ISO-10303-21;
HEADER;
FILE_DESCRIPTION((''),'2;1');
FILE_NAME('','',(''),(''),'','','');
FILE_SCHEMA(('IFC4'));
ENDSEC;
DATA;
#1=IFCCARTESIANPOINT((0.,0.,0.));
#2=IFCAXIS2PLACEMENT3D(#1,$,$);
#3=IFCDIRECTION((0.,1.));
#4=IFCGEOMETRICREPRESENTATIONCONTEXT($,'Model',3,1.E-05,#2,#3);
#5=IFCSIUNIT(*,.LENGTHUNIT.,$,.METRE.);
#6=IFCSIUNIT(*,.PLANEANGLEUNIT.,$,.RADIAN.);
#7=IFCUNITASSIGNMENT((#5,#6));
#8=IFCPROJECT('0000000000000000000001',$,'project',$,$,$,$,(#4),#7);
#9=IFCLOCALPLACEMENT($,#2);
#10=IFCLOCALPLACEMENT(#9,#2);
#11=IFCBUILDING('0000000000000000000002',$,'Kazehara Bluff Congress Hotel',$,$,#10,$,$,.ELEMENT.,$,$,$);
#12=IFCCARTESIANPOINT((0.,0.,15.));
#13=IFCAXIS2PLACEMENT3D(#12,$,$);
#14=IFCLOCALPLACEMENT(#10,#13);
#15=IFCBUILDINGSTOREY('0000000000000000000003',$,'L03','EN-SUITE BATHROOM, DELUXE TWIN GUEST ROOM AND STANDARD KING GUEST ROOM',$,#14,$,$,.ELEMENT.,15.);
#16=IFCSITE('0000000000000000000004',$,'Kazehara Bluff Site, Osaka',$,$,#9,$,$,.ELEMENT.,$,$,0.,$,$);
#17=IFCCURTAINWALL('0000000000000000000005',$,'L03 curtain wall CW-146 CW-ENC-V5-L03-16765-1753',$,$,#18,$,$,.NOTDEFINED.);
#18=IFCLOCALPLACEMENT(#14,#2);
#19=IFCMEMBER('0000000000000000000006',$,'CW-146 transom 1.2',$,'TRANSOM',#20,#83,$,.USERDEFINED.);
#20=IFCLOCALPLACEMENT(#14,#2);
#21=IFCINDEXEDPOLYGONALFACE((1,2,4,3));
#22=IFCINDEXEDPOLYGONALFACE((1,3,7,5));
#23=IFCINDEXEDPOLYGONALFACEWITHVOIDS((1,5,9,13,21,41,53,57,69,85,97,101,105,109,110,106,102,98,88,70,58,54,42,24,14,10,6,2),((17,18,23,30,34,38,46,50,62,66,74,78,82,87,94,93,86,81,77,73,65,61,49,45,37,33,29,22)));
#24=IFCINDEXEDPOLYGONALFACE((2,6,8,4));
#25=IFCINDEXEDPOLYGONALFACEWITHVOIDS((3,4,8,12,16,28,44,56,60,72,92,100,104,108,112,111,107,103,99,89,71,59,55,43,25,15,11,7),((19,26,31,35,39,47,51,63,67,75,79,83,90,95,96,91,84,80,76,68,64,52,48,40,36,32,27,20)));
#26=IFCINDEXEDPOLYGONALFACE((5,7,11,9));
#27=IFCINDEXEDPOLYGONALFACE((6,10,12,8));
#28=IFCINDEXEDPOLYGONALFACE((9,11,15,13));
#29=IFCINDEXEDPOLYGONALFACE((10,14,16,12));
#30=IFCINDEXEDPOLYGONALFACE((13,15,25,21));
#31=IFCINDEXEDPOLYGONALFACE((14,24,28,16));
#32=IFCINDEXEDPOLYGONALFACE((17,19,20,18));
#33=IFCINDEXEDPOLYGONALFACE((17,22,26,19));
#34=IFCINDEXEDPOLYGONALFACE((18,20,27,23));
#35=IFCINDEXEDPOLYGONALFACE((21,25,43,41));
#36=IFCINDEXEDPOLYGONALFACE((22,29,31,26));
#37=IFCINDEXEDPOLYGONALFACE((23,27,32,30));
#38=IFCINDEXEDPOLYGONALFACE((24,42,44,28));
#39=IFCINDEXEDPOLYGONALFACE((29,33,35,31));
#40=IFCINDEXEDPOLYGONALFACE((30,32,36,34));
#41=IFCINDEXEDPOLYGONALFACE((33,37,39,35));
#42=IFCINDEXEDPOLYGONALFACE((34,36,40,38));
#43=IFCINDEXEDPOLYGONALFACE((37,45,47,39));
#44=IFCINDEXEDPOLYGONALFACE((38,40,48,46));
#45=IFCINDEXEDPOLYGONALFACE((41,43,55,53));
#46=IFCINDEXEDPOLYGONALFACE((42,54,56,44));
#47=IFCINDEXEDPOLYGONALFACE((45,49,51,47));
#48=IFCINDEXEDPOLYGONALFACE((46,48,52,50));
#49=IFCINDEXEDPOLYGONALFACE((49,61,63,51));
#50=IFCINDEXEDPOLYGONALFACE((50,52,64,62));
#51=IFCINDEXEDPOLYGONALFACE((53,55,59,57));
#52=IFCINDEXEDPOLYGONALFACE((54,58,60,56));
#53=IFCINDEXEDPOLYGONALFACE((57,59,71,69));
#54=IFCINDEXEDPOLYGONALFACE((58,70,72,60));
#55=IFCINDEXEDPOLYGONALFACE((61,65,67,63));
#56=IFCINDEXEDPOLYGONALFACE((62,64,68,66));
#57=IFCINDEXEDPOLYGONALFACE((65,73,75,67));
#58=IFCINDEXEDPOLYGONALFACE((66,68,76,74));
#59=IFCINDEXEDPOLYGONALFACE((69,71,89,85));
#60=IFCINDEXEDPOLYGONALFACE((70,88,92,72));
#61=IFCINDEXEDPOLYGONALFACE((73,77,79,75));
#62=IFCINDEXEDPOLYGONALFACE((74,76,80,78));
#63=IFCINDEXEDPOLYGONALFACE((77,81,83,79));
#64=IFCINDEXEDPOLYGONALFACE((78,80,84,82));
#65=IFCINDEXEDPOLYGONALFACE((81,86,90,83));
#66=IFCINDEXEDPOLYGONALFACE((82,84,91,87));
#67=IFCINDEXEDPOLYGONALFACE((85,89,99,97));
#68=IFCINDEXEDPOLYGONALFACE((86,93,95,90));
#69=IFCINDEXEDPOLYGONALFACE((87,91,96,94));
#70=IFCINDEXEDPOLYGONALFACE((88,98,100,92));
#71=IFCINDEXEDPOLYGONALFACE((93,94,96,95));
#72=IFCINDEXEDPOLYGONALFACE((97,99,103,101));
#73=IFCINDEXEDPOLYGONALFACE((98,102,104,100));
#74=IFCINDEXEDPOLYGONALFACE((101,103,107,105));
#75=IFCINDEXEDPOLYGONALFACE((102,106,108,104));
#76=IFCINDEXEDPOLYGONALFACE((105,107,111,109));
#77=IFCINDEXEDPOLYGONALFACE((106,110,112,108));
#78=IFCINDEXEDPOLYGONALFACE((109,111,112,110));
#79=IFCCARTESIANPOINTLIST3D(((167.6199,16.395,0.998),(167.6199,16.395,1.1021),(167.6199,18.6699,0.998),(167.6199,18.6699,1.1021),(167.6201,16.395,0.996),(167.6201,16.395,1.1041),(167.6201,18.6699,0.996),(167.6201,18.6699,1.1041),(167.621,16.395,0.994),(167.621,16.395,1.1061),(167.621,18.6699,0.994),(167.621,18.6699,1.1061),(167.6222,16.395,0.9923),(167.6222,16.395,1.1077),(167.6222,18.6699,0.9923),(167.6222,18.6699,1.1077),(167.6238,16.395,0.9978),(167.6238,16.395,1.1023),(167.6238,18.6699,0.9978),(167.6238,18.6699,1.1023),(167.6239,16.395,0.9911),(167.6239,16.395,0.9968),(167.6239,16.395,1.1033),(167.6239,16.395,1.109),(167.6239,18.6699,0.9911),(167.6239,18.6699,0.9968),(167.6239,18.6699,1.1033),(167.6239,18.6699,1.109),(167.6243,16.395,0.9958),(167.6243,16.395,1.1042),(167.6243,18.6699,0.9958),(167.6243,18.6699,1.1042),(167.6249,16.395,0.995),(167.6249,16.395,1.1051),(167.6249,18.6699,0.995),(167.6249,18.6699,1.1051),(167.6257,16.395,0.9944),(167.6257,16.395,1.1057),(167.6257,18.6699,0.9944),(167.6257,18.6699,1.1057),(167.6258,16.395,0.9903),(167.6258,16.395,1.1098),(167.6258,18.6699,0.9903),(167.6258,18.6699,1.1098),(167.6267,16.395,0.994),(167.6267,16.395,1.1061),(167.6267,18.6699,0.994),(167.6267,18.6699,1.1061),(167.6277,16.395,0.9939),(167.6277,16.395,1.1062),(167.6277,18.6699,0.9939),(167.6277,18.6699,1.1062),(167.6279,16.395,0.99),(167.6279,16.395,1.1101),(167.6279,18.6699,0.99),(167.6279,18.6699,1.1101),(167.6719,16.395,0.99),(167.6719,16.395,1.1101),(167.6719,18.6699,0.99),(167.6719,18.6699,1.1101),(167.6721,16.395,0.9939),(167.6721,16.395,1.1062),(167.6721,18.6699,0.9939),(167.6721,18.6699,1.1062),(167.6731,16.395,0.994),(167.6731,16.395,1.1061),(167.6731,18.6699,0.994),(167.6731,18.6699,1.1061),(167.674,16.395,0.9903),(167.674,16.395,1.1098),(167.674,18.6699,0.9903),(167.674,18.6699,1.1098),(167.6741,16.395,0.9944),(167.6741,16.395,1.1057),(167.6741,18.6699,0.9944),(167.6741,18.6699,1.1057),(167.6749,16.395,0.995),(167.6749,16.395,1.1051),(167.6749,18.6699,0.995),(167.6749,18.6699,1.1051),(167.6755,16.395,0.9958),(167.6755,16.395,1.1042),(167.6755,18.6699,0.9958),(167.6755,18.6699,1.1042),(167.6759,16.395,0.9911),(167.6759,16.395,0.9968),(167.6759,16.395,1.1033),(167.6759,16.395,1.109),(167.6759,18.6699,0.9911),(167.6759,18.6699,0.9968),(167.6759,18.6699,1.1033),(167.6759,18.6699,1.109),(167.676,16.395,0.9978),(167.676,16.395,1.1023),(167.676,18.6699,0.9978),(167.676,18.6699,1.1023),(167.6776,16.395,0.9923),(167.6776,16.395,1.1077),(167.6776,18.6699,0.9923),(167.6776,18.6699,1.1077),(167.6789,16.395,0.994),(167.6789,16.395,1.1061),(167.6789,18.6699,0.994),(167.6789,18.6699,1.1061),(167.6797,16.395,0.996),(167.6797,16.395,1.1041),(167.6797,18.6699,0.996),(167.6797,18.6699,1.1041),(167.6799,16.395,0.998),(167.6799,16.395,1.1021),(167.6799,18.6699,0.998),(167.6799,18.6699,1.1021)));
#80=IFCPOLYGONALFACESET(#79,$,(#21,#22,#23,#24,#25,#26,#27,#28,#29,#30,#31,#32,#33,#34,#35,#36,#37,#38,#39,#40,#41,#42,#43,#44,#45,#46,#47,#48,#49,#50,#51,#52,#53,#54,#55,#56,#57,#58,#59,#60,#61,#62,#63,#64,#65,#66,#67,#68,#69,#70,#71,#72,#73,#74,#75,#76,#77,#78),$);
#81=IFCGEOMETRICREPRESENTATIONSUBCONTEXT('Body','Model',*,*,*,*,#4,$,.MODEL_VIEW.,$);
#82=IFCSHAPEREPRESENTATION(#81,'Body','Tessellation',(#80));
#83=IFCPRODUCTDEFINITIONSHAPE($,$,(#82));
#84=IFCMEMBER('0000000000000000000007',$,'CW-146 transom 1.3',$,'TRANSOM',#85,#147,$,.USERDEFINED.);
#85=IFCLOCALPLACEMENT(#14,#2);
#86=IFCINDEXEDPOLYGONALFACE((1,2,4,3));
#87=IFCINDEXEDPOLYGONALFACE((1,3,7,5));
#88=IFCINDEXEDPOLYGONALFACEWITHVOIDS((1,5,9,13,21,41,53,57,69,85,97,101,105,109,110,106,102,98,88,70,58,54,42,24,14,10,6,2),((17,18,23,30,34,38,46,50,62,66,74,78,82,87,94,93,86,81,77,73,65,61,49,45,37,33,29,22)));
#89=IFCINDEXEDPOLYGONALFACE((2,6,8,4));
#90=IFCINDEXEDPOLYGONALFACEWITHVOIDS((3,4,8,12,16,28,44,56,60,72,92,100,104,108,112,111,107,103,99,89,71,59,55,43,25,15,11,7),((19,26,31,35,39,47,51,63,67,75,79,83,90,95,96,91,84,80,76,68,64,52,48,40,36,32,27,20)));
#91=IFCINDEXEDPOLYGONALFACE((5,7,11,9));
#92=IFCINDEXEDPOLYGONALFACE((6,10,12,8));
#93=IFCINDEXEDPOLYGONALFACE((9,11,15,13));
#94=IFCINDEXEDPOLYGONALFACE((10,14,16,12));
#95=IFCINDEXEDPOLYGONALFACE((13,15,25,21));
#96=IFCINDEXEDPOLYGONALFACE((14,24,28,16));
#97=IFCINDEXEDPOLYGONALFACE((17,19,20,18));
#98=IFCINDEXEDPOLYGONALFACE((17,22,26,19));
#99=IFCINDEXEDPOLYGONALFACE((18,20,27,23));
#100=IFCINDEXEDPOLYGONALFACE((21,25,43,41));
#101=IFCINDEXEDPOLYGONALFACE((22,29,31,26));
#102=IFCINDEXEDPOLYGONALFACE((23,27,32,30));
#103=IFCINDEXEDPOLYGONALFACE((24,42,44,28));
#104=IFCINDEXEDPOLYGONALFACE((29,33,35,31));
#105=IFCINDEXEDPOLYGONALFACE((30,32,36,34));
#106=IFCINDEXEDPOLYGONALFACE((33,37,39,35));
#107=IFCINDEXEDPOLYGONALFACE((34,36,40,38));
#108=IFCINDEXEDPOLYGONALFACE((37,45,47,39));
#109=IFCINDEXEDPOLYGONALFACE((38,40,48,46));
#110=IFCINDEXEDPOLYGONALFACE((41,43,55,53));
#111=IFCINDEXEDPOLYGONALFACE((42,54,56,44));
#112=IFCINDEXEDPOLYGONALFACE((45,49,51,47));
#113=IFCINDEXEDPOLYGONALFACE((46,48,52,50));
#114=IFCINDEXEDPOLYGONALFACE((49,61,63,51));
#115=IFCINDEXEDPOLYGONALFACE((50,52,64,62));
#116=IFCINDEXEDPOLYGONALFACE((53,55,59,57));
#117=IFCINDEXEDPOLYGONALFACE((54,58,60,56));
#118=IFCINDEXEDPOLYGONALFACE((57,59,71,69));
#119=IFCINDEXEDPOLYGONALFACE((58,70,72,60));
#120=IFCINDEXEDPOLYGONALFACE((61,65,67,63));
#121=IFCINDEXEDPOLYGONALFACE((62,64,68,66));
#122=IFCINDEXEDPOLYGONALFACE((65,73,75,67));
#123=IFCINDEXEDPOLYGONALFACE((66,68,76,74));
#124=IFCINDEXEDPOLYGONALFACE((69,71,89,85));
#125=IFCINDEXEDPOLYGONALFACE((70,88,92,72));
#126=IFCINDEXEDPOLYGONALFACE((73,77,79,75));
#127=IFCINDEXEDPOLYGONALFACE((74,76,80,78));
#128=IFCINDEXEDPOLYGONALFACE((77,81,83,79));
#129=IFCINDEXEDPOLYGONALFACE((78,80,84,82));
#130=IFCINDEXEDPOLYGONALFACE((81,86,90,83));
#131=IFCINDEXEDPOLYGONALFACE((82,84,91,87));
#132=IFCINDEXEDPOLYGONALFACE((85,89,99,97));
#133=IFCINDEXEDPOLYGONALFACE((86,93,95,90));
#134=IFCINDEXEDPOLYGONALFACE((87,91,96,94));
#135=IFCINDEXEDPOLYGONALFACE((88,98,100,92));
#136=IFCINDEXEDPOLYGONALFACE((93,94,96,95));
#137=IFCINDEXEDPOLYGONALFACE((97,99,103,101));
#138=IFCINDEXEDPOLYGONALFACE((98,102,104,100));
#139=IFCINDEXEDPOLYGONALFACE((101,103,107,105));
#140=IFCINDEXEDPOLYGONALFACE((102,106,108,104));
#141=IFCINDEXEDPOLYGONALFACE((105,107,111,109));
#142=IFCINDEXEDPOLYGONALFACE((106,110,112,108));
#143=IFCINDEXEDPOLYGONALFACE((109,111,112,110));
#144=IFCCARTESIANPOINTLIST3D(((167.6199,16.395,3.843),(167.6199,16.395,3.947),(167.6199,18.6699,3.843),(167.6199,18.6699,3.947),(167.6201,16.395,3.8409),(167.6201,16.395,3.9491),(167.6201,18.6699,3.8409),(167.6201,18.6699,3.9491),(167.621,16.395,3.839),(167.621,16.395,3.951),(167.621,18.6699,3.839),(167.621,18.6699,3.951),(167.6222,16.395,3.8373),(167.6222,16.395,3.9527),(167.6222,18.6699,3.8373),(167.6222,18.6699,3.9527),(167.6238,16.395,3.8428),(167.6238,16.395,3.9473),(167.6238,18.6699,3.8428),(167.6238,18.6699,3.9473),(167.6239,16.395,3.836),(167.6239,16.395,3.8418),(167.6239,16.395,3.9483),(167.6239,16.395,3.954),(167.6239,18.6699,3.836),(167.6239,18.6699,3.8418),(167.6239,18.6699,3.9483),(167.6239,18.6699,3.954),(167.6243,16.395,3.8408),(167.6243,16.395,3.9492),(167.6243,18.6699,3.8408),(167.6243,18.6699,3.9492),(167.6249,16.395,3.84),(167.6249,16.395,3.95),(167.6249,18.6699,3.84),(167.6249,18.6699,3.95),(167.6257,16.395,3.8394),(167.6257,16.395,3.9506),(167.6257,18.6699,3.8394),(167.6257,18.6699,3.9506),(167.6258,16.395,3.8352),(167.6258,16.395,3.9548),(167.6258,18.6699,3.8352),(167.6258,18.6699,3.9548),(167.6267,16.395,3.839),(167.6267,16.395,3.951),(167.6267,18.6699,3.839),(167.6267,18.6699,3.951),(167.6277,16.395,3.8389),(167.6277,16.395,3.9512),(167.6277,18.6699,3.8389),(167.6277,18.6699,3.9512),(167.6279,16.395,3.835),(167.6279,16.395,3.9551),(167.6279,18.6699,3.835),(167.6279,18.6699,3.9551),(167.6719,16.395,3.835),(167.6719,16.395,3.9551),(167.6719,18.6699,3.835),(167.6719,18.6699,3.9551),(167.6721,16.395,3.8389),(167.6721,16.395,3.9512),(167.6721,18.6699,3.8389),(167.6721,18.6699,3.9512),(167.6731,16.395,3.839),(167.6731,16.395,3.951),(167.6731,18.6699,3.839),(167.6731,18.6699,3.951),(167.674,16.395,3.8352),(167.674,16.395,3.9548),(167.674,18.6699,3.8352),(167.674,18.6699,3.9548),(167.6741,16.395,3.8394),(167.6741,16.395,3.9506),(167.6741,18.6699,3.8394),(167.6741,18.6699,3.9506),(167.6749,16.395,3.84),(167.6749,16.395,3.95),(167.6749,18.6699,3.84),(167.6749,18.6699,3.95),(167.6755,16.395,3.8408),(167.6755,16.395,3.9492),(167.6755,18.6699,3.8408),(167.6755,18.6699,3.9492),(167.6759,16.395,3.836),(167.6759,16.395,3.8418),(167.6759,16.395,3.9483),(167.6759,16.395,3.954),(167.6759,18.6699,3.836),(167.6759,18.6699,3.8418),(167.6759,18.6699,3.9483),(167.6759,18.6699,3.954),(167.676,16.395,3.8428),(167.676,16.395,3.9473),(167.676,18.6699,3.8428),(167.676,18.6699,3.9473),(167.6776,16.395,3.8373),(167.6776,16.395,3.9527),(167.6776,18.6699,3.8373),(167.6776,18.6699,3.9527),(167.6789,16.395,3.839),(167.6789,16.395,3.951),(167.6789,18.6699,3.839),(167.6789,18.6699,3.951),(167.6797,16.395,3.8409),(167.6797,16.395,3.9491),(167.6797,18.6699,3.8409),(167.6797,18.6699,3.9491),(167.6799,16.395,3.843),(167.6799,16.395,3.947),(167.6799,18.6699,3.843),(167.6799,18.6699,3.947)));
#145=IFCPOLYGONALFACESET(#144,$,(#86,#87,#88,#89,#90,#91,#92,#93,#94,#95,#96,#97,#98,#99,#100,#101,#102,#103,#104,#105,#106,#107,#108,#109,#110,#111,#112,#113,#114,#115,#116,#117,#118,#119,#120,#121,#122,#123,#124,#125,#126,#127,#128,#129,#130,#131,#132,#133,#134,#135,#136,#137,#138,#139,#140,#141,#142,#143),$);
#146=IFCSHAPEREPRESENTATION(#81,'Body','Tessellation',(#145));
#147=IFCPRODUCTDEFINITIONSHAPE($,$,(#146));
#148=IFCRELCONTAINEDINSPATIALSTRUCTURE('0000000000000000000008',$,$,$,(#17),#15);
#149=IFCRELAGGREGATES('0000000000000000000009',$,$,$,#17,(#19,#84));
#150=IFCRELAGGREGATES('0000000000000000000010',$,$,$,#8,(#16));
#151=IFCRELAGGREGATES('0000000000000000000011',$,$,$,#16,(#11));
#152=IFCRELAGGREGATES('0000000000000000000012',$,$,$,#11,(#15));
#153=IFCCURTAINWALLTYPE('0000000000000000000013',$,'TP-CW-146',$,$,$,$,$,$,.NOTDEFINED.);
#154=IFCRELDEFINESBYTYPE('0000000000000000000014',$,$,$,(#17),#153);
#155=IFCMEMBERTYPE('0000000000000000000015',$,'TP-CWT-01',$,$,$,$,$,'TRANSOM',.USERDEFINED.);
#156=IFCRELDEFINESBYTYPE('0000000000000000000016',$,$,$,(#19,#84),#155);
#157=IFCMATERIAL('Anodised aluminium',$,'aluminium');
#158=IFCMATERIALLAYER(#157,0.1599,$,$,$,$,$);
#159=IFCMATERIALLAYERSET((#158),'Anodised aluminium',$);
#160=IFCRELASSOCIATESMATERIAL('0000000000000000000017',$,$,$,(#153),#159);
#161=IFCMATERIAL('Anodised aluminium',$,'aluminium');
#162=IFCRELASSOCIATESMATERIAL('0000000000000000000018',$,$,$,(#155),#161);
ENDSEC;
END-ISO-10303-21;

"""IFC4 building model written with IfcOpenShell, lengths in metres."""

from ifc_helpers import new_model, si_unit, direction, frame, origin, origin_2d, place, context, subcontext, project, spatial, hollow_rectangle, extrude, material, layer, layer_set, material_profile, profile_set, type_object, element, aggregate, save


model = new_model("IFC4")

# Units and contexts
model_context = context("Model", 3, precision=1e-05, world=origin(), true_north=direction((0.0, 1.0)))
body_context = subcontext(model_context, "Body", "Model", "MODEL_VIEW")
ifc_project = project(units=[si_unit("LENGTHUNIT", "METRE"), si_unit("PLANEANGLEUNIT", "RADIAN")], contexts=[model_context])

# Site, building, storey
site_placement = place(None, origin())
site = spatial("IfcSite", under=ifc_project, at=site_placement, Name="Kazehara Bluff Site, Osaka", CompositionType="ELEMENT", RefElevation=0.0)
building_placement = place(site_placement, origin())
building = spatial("IfcBuilding", under=site, at=building_placement, Name="Kazehara Bluff Congress Hotel", CompositionType="ELEMENT")
storey_placement = place(building_placement, frame((0.0, 0.0, 15.0)))
storey = spatial("IfcBuildingStorey", under=building, at=storey_placement, Name="L03", Description="EN-SUITE BATHROOM, DELUXE TWIN GUEST ROOM AND STANDARD KING GUEST ROOM", CompositionType="ELEMENT", Elevation=15.0)

# Curtain wall, members
ifc_material_1 = material(Name="Anodised aluminium", Category="aluminium")
ifc_layer_1 = layer(ifc_material_1, 0.1599)
ifc_layer_set_1 = layer_set([ifc_layer_1], Name="Anodised aluminium")
curtain_wall_type_1 = type_object("IfcCurtainWallType", Name="TP-CW-146", PredefinedType="NOTDEFINED", material=ifc_layer_set_1)
curtain_wall_1_placement = place(storey_placement, origin())
curtain_wall_1 = element("IfcCurtainWall", 1, at=curtain_wall_1_placement, inside=storey, type_object=curtain_wall_type_1, Name="L03 curtain wall CW-146 CW-ENC-V5-L03-16765-1753", PredefinedType="NOTDEFINED")
ifc_material_2 = material(Name="Anodised aluminium", Category="aluminium")
ifc_material_profile_1 = material_profile(ifc_material_2, hollow_rectangle(XDim=0.0601, YDim=0.1201, WallThickness=0.0039, InnerFilletRadius=0.0039, OuterFilletRadius=0.0081, at=origin_2d()))
ifc_profile_set_1 = profile_set([ifc_material_profile_1], Name="Anodised aluminium")
member_type_1 = type_object("IfcMemberType", Name="TP-CWT-01", ElementType="TRANSOM", PredefinedType="USERDEFINED", material=ifc_profile_set_1)
member_1_placement = place(storey_placement, frame((167.6499, 18.6699, 1.05), z_axis=(0.0, -1.0, 0.0), x_axis=(1.0, 0.0, 0.0)))
member_1 = element("IfcMember", 2, at=member_1_placement, type_object=member_type_1, Name="CW-146 transom 1.2", ObjectType="TRANSOM", PredefinedType="USERDEFINED", context=body_context, shape_type="SweptSolid", body=[
    extrude(hollow_rectangle(XDim=0.0601, YDim=0.1201, WallThickness=0.0039, InnerFilletRadius=0.0039, OuterFilletRadius=0.0081, at=origin_2d()), origin(), (0.0, 0.0, 1.0), 2.2749),
])
member_2_placement = place(storey_placement, frame((167.6499, 18.6699, 3.895), z_axis=(0.0, -1.0, 0.0), x_axis=(1.0, 0.0, 0.0)))
member_2 = element("IfcMember", 3, at=member_2_placement, type_object=member_type_1, Name="CW-146 transom 1.3", ObjectType="TRANSOM", PredefinedType="USERDEFINED", context=body_context, shape_type="SweptSolid", body=[
    extrude(hollow_rectangle(XDim=0.0601, YDim=0.1201, WallThickness=0.0039, InnerFilletRadius=0.0039, OuterFilletRadius=0.0081, at=origin_2d()), origin(), (0.0, 0.0, 1.0), 2.2749),
])

aggregate(curtain_wall_1, [member_1, member_2])

save(model, "model.ifc")
